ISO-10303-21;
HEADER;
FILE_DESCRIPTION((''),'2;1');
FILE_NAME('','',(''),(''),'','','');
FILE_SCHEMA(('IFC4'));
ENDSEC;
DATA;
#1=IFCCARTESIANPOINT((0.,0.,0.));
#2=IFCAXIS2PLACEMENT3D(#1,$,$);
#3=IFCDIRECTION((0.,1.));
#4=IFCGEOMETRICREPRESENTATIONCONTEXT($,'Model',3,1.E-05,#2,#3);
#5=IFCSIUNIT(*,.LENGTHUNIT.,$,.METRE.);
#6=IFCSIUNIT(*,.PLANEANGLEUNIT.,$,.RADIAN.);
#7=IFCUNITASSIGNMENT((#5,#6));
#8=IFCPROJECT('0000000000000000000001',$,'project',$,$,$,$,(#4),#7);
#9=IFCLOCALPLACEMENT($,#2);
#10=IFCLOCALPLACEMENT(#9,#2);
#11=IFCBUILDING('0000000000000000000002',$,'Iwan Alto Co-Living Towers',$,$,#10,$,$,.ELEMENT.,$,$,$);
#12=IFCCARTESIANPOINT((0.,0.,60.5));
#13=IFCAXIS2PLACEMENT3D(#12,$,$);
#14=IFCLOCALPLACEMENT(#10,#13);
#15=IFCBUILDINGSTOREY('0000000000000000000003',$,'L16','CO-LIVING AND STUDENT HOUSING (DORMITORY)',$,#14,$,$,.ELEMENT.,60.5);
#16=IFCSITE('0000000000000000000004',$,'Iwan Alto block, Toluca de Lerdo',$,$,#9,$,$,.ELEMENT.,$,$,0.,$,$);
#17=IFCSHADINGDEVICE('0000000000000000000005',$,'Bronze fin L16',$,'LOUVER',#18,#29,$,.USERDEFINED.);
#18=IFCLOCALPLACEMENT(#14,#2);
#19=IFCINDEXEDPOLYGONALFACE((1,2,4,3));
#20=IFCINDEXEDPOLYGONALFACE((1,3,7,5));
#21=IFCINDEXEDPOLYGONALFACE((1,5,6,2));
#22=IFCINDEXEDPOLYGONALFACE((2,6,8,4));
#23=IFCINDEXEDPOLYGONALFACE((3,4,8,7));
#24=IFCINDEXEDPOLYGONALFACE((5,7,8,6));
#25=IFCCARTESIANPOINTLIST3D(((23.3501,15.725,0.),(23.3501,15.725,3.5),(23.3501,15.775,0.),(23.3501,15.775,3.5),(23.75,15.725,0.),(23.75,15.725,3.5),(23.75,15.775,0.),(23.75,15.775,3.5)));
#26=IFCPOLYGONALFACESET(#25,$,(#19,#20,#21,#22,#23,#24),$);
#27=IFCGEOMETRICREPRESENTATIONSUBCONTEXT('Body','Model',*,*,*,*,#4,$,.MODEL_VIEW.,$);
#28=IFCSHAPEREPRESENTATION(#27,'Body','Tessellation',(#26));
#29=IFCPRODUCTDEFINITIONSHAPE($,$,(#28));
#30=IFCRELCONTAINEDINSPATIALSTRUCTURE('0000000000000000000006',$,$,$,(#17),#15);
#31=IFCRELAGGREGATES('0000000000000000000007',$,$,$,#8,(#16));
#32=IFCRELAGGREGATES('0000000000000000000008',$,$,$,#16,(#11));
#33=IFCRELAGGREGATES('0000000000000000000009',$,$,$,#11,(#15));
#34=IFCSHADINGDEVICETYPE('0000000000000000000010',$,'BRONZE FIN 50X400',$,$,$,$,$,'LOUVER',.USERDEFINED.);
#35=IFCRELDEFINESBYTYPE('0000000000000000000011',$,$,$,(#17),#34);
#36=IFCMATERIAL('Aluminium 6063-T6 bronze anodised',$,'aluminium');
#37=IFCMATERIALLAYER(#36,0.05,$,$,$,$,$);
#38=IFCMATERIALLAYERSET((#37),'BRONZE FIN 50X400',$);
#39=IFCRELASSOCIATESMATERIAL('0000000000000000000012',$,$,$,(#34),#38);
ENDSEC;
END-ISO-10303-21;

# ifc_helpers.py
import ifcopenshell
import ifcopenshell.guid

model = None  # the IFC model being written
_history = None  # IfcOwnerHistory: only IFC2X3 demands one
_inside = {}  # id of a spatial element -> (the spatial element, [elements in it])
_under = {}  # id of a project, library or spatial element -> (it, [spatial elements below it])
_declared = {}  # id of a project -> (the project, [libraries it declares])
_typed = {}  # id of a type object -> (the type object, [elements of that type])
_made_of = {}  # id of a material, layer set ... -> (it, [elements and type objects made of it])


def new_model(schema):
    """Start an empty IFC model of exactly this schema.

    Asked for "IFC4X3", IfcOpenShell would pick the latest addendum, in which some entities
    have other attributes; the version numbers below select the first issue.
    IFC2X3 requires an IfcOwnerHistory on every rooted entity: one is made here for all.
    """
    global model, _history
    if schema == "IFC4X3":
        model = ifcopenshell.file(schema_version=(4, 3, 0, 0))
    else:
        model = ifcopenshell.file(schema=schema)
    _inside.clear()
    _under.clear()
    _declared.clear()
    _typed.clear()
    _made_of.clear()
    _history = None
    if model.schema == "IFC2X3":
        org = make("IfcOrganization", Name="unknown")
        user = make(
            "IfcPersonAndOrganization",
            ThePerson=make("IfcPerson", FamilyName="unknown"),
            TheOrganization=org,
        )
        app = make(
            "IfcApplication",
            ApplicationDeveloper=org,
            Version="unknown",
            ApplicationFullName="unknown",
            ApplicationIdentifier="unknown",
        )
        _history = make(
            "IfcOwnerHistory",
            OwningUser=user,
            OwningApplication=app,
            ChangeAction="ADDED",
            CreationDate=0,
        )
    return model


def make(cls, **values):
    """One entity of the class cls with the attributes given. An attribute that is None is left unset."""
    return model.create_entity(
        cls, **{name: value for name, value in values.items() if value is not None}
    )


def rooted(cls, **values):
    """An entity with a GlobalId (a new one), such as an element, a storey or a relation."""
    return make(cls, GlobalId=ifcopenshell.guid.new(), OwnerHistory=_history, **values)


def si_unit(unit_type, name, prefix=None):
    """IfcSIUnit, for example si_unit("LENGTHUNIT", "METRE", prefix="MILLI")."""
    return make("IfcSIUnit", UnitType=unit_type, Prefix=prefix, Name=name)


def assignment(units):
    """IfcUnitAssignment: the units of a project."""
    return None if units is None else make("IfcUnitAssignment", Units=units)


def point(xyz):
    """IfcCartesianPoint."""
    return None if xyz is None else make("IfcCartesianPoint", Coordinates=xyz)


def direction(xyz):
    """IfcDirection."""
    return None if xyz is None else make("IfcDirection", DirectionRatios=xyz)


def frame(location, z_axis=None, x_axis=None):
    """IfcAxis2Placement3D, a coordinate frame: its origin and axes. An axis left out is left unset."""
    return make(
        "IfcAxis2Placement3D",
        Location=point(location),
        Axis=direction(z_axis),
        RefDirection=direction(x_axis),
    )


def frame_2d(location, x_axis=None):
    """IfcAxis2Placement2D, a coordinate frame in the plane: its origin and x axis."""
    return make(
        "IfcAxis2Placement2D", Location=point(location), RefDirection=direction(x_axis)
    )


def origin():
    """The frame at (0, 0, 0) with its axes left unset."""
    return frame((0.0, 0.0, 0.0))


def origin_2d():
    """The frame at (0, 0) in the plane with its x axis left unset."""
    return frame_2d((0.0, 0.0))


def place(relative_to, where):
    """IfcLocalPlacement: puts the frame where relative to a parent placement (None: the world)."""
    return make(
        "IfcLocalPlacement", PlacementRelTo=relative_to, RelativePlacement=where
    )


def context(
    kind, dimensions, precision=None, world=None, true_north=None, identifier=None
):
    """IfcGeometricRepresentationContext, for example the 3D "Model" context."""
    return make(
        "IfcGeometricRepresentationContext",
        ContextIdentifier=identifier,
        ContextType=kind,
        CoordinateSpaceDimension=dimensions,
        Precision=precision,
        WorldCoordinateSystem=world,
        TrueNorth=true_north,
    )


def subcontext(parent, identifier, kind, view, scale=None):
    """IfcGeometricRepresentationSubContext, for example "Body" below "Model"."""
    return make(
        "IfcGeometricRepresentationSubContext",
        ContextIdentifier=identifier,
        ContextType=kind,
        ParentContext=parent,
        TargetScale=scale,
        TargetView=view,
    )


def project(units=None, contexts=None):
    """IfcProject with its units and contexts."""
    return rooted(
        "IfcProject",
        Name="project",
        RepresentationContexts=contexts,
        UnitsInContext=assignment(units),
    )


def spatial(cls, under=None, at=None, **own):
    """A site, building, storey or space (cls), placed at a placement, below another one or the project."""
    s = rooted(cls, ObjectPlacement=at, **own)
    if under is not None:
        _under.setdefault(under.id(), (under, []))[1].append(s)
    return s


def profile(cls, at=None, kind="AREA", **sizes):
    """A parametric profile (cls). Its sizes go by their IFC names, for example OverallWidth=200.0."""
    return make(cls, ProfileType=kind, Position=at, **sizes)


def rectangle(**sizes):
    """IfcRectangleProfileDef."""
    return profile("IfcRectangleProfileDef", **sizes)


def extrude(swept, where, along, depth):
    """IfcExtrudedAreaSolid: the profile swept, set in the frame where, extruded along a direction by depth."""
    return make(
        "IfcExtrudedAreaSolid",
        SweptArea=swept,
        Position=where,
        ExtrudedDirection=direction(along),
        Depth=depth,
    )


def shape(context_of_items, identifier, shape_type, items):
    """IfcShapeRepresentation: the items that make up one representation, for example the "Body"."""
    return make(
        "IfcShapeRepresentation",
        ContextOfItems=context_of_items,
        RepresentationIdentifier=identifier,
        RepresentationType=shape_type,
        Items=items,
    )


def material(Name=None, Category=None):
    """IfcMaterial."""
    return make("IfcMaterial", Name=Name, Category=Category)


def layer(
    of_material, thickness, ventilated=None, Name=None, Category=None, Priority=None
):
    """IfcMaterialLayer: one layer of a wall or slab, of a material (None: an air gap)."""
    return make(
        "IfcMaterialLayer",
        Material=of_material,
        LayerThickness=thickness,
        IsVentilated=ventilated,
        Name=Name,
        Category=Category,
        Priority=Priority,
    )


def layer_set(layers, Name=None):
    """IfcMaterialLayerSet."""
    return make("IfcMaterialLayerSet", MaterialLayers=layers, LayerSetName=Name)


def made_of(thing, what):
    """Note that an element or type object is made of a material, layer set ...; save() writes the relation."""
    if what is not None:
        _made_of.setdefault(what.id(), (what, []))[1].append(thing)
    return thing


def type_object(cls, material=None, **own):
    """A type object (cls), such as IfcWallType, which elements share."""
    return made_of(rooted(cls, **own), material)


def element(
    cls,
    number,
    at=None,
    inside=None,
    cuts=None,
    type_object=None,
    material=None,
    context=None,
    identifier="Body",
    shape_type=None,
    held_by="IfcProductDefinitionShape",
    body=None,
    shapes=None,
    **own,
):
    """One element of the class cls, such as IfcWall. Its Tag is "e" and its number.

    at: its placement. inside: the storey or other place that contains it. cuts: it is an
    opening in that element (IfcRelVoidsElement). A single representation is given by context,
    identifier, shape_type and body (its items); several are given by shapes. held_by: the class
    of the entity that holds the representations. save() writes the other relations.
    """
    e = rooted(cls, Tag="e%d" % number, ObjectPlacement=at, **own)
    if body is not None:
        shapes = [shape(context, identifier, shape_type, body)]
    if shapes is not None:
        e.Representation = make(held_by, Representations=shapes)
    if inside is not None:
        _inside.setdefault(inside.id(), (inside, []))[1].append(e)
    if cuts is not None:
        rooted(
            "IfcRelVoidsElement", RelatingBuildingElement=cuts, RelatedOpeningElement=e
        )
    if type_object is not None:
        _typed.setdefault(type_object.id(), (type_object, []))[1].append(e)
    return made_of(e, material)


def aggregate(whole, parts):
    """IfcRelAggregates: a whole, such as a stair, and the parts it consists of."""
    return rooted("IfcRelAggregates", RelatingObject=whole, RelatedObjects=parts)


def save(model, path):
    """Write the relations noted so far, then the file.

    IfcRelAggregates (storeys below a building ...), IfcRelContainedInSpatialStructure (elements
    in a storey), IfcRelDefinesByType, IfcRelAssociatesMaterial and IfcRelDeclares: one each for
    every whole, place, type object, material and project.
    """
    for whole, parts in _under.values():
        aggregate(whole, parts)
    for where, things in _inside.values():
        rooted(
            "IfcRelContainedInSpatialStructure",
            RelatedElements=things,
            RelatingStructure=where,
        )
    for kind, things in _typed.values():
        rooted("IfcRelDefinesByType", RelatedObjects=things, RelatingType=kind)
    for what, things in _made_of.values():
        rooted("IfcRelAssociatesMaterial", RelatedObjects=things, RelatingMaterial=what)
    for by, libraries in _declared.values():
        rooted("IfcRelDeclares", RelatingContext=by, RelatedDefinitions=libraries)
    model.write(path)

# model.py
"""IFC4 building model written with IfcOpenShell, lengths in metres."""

from ifc_helpers import new_model, si_unit, direction, frame, origin, origin_2d, place, context, subcontext, project, spatial, rectangle, extrude, material, layer, layer_set, type_object, element, save


model = new_model("IFC4")

# Units and contexts
model_context = context("Model", 3, precision=1e-05, world=origin(), true_north=direction((0.0, 1.0)))
body_context = subcontext(model_context, "Body", "Model", "MODEL_VIEW")
ifc_project = project(units=[si_unit("LENGTHUNIT", "METRE"), si_unit("PLANEANGLEUNIT", "RADIAN")], contexts=[model_context])

# Site, building, storey
site_placement = place(None, origin())
site = spatial("IfcSite", under=ifc_project, at=site_placement, Name="Iwan Alto block, Toluca de Lerdo", CompositionType="ELEMENT", RefElevation=0.0)
building_placement = place(site_placement, origin())
building = spatial("IfcBuilding", under=site, at=building_placement, Name="Iwan Alto Co-Living Towers", CompositionType="ELEMENT")
storey_placement = place(building_placement, frame((0.0, 0.0, 60.5)))
storey = spatial("IfcBuildingStorey", under=building, at=storey_placement, Name="L16", Description="CO-LIVING AND STUDENT HOUSING (DORMITORY)", CompositionType="ELEMENT", Elevation=60.5)

# Shading device
ifc_material_1 = material(Name="Aluminium 6063-T6 bronze anodised", Category="aluminium")
ifc_layer_1 = layer(ifc_material_1, 0.05)
ifc_layer_set_1 = layer_set([ifc_layer_1], Name="BRONZE FIN 50X400")
shading_device_type = type_object("IfcShadingDeviceType", Name="BRONZE FIN 50X400", ElementType="LOUVER", PredefinedType="USERDEFINED", material=ifc_layer_set_1)
shading_device_placement = place(storey_placement, frame((23.55, 15.75, 0.0), z_axis=(0.0, 0.0, 1.0), x_axis=(0.0, 1.0, 0.0)))
element("IfcShadingDevice", 1, at=shading_device_placement, inside=storey, type_object=shading_device_type, Name="Bronze fin L16", ObjectType="LOUVER", PredefinedType="USERDEFINED", context=body_context, shape_type="SweptSolid", body=[
    extrude(rectangle(XDim=0.05, YDim=0.3999, at=origin_2d()), origin(), (0.0, 0.0, 1.0), 3.5),
])

save(model, "model.ifc")
